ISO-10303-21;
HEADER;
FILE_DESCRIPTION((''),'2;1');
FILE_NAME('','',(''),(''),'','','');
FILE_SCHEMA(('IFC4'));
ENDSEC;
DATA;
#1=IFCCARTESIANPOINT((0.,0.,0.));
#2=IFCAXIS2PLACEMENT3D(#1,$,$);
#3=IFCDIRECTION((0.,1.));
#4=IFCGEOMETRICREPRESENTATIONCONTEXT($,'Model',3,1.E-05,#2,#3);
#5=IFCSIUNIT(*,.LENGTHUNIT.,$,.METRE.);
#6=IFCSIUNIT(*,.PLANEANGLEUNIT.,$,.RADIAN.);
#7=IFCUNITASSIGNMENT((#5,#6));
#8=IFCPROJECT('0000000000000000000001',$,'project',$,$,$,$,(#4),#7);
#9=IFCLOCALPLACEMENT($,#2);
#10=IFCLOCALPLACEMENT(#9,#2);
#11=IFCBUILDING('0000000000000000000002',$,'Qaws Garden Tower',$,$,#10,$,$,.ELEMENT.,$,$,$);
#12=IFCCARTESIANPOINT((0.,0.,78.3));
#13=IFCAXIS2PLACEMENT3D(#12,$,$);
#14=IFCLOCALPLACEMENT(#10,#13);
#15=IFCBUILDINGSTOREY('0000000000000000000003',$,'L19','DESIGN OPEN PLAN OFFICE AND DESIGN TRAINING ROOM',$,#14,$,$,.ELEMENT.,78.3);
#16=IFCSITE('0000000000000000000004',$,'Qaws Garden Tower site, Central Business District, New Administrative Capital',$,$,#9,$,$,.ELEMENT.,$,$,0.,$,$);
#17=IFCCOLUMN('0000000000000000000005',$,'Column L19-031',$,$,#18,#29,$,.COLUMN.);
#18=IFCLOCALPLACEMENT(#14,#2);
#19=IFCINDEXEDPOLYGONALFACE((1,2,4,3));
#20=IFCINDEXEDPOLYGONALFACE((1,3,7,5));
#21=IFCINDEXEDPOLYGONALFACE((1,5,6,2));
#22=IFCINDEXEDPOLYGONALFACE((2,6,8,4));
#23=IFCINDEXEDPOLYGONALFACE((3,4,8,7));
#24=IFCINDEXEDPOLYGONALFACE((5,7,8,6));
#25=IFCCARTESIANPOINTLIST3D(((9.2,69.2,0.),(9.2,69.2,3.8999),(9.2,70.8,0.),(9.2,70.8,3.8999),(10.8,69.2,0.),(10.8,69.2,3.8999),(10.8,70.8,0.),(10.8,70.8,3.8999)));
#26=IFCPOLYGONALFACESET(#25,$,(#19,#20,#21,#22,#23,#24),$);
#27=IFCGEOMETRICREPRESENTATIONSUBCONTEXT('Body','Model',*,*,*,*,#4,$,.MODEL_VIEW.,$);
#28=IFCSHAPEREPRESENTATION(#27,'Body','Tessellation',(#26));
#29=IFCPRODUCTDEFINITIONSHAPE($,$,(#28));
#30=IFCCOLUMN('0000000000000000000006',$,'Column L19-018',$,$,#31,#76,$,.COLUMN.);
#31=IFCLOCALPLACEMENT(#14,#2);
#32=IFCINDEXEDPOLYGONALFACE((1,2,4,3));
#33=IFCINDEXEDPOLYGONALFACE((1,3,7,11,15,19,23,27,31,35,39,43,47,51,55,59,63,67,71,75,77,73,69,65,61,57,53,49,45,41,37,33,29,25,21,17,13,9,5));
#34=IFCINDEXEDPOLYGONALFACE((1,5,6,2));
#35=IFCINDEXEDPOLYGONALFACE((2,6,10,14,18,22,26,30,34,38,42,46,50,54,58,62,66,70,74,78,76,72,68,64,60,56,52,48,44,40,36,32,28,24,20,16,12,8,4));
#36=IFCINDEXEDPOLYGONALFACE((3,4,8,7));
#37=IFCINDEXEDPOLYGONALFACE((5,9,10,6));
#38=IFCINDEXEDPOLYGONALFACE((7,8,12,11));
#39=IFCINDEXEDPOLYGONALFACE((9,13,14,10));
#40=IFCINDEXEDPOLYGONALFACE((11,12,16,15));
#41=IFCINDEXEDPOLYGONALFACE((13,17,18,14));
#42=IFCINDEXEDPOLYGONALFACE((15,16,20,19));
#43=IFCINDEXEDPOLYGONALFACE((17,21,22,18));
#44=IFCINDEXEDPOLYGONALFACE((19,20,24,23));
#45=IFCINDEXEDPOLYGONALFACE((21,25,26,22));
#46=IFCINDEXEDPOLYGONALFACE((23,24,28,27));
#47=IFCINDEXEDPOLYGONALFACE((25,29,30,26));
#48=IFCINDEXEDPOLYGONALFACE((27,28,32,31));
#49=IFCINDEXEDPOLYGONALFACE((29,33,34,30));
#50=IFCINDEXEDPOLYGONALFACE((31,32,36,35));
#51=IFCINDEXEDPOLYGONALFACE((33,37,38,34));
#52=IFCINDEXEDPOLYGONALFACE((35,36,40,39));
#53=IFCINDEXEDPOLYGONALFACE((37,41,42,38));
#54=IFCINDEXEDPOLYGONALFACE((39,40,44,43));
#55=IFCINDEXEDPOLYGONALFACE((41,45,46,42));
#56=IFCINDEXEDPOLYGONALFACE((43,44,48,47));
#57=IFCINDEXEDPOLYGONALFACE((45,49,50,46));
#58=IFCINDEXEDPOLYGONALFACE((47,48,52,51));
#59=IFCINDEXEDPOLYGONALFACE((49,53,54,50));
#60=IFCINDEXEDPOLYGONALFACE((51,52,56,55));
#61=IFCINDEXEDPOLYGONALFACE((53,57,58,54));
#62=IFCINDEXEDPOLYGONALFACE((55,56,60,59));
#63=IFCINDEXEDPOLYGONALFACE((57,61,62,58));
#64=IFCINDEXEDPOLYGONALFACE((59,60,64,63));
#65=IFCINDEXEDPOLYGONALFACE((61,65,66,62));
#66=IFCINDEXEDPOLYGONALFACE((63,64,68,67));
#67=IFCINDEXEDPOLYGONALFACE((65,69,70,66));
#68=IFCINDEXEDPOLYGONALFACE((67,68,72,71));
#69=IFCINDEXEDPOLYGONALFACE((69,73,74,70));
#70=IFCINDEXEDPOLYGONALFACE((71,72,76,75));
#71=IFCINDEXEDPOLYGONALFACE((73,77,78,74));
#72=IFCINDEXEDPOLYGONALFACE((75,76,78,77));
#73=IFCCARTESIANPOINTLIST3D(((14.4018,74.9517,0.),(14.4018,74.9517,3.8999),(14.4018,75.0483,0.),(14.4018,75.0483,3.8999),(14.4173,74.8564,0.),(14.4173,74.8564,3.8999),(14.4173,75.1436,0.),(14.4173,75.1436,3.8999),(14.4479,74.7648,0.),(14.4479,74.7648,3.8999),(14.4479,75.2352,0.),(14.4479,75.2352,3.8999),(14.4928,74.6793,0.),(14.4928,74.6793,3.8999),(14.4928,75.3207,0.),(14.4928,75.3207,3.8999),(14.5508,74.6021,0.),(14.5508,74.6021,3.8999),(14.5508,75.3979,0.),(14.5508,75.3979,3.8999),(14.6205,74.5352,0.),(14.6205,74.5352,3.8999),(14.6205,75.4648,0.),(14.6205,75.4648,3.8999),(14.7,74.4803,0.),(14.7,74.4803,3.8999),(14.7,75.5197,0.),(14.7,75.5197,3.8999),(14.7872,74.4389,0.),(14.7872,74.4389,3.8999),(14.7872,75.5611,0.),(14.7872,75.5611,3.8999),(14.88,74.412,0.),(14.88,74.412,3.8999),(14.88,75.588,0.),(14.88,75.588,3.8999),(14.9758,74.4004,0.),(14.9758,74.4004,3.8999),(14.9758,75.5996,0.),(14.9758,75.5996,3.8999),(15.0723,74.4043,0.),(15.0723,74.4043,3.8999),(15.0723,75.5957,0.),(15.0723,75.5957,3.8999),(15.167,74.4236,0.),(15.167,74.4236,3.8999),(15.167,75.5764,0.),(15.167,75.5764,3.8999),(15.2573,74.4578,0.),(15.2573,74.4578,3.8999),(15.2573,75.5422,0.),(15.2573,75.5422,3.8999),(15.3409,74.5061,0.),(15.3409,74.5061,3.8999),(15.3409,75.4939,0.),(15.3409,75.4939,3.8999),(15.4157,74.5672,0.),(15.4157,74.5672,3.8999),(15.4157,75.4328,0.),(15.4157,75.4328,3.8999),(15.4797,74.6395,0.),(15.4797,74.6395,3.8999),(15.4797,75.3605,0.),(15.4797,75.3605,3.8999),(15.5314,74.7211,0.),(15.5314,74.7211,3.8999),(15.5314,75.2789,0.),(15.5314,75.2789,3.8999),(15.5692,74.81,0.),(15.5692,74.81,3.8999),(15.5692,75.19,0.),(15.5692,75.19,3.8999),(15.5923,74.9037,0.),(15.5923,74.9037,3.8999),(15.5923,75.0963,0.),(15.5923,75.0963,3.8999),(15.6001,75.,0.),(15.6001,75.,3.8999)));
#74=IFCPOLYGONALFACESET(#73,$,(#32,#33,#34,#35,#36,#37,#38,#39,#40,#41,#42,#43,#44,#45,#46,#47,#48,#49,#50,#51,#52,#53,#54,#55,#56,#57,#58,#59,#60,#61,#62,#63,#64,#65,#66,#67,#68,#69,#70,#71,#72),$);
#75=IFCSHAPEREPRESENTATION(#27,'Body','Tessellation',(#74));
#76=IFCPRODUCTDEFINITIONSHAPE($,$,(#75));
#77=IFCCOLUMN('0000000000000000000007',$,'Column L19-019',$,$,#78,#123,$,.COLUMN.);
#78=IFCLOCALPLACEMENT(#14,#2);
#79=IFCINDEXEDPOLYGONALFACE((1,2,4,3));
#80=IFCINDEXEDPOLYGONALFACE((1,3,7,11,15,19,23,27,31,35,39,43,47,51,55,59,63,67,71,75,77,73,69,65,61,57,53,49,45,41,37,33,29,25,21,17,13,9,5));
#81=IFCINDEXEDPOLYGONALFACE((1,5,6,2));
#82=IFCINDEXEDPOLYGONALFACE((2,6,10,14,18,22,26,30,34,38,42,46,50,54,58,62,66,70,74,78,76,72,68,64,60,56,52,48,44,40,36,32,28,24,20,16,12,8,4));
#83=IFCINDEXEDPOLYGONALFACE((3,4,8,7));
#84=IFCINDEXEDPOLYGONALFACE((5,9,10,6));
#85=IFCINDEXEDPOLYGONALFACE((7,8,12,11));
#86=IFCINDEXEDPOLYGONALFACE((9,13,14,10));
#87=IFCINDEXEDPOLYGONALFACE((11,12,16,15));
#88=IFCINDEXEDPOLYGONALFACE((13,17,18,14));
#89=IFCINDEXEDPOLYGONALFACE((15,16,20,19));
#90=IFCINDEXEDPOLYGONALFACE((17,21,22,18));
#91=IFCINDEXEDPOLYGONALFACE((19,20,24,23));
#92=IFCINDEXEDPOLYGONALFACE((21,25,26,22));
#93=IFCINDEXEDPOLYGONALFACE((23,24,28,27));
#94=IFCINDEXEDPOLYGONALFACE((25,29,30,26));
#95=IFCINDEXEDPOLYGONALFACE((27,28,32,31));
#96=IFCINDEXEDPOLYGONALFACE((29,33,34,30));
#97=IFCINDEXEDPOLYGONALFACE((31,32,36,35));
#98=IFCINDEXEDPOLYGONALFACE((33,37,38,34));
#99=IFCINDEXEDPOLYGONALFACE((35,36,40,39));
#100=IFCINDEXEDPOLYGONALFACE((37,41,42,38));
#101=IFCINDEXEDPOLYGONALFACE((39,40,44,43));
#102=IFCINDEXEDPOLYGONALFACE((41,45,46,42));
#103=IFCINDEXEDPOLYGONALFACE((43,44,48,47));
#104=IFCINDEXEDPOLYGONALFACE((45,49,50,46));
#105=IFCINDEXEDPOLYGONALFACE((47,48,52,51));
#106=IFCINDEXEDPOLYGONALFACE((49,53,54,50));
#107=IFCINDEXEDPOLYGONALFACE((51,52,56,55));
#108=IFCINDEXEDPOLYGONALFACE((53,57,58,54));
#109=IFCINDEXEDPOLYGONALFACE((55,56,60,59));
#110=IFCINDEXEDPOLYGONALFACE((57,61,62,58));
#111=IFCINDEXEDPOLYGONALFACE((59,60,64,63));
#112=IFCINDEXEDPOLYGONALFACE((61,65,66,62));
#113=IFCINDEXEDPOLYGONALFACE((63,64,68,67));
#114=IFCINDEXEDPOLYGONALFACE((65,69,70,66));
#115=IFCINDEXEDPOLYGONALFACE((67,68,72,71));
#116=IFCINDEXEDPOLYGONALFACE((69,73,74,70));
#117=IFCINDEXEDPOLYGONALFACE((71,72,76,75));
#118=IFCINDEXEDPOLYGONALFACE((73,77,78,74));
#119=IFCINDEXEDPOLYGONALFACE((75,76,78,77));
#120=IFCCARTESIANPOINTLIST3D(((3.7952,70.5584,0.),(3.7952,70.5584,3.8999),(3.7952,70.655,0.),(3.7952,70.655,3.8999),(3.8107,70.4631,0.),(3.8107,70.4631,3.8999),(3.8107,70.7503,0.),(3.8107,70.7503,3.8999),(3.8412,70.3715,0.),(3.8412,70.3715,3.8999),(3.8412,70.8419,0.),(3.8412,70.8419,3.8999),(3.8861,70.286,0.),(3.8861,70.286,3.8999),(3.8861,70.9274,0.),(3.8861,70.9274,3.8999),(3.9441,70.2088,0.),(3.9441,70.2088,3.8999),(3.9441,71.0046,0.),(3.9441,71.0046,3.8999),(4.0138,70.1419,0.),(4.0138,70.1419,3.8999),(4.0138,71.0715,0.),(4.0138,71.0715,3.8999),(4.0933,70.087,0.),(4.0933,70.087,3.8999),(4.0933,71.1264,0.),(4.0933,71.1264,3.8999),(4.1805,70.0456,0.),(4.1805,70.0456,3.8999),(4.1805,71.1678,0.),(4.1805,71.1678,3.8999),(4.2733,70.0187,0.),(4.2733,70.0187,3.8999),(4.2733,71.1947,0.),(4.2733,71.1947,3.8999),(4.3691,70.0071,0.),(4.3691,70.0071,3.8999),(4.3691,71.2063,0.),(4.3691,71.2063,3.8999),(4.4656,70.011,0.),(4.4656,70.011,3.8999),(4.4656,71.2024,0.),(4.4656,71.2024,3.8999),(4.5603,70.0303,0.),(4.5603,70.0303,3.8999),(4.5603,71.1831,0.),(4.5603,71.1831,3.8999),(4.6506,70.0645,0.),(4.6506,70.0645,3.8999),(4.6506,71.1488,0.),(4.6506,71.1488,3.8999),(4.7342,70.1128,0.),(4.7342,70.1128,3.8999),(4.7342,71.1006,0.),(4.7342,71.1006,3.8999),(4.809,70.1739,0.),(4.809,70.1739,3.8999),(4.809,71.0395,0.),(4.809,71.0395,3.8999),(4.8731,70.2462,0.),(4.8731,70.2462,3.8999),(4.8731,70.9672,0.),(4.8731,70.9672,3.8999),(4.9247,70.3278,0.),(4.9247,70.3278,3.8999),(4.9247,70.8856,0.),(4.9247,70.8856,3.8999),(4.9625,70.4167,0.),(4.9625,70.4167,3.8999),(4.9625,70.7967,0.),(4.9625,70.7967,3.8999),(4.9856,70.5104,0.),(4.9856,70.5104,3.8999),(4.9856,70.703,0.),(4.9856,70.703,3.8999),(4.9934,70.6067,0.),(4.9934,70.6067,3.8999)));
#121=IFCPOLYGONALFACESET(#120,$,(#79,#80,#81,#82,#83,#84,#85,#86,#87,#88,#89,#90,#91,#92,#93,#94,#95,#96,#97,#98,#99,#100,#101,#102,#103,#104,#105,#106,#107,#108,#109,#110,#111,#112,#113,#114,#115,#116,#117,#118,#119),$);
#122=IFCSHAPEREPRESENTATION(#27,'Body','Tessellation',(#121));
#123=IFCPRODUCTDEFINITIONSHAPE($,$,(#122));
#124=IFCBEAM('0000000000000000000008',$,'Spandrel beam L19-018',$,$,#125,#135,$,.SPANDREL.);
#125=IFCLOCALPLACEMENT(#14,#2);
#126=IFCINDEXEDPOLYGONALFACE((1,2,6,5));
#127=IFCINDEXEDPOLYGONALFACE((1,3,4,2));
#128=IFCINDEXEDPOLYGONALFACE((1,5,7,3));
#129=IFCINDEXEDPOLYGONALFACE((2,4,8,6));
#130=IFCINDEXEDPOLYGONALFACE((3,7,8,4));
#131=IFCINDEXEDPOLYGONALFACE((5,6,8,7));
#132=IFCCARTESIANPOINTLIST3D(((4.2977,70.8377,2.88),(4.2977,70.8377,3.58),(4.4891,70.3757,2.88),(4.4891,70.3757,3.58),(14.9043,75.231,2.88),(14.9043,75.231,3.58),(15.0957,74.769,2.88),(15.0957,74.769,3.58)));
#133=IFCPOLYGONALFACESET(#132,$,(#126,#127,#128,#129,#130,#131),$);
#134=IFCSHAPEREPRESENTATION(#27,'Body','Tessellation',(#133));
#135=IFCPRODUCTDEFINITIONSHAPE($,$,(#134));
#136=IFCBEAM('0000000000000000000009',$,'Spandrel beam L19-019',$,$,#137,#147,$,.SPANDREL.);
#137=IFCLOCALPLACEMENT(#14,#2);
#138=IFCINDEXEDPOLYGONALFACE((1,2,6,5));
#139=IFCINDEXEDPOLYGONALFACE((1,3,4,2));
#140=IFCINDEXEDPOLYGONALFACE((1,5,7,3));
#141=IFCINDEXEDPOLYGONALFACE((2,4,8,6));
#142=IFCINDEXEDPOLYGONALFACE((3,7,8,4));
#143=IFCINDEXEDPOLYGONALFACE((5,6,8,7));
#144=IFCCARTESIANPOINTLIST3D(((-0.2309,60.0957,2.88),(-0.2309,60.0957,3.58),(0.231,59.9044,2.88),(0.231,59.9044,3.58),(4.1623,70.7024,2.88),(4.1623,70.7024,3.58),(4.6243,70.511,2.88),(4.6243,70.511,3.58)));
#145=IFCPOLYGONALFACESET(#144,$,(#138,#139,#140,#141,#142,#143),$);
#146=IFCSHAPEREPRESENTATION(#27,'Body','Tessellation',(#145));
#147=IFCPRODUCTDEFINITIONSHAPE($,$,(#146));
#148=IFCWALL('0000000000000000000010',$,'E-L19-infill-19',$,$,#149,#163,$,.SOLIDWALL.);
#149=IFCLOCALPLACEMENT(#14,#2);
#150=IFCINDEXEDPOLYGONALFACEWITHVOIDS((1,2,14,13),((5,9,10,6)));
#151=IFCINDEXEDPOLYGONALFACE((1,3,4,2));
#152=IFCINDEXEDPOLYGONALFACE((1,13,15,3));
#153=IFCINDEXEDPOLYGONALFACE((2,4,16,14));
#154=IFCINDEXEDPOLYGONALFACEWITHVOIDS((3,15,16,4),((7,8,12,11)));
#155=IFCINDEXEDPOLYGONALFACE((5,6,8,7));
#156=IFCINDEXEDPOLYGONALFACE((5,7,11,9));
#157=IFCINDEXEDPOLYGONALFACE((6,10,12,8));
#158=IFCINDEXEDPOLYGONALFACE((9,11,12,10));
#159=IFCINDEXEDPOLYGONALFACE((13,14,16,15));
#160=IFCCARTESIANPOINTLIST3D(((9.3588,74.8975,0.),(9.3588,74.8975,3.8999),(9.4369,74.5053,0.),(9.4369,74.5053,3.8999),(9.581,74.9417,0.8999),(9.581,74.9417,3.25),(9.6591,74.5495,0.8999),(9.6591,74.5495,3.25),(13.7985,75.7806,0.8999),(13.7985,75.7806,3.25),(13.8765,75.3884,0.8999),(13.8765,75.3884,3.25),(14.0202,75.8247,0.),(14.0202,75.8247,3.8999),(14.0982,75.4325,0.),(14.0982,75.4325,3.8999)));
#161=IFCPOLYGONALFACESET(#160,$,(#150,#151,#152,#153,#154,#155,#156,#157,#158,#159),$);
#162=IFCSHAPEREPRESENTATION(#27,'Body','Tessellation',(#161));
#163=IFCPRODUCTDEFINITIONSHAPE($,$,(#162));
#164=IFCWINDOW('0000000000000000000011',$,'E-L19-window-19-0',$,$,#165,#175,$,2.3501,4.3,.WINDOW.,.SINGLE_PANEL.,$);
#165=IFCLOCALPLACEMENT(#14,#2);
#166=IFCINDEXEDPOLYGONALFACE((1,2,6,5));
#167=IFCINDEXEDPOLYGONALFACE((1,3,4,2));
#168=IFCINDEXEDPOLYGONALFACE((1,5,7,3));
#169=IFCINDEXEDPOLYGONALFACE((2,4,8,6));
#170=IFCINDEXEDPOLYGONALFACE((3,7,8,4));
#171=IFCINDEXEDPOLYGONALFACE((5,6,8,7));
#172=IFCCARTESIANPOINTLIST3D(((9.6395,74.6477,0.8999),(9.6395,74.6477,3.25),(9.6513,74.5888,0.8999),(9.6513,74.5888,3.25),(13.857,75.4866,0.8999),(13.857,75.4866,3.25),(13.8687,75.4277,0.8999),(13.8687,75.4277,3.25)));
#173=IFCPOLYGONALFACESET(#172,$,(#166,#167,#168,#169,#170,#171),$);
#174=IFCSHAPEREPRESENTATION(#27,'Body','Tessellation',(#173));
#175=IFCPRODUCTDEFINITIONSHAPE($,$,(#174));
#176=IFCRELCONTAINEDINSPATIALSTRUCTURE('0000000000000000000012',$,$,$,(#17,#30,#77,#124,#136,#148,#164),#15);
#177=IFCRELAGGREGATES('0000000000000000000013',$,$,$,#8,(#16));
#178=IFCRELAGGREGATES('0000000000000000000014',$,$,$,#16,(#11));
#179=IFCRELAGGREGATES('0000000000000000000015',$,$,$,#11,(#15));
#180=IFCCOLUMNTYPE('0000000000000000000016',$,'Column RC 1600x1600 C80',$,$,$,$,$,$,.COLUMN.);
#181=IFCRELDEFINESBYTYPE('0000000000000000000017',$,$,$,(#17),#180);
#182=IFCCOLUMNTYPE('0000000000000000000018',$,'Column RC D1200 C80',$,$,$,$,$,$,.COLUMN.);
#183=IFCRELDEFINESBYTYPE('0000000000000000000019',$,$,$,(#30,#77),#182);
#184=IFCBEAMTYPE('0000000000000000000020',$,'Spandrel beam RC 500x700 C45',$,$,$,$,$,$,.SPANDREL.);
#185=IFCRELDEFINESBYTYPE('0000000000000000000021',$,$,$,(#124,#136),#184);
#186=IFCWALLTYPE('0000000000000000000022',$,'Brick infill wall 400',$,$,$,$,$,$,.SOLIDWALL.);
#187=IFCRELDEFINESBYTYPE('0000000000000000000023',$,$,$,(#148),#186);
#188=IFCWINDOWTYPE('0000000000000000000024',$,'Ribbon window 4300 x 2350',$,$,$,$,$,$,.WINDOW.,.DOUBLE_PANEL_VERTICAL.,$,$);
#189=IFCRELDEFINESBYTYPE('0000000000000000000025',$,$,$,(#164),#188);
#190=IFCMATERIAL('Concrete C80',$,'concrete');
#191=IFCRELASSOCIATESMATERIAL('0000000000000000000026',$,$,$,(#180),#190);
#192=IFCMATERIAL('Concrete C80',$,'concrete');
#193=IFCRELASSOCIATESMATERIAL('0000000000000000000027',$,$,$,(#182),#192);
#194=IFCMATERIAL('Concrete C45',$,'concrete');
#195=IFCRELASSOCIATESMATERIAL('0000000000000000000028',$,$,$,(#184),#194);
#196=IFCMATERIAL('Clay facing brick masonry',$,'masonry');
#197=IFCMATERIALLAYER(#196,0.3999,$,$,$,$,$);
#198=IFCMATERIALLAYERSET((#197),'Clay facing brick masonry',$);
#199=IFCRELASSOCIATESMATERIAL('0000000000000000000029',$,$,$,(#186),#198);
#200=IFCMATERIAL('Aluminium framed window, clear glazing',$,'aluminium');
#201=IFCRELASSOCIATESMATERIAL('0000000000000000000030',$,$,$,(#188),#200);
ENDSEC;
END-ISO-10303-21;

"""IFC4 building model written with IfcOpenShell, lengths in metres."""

from ifc_helpers import new_model, si_unit, direction, frame, frame_2d, origin, origin_2d, place, context, subcontext, project, spatial, rectangle, circle, extrude, material, layer, layer_set, material_profile, profile_set, type_object, element, fill, save


model = new_model("IFC4")

# Units and contexts
model_context = context("Model", 3, precision=1e-05, world=origin(), true_north=direction((0.0, 1.0)))
body_context = subcontext(model_context, "Body", "Model", "MODEL_VIEW")
ifc_project = project(units=[si_unit("LENGTHUNIT", "METRE"), si_unit("PLANEANGLEUNIT", "RADIAN")], contexts=[model_context])

# Site, building, storey
site_placement = place(None, origin())
site = spatial("IfcSite", under=ifc_project, at=site_placement, Name="Qaws Garden Tower site, Central Business District, New Administrative Capital", CompositionType="ELEMENT", RefElevation=0.0)
building_placement = place(site_placement, origin())
building = spatial("IfcBuilding", under=site, at=building_placement, Name="Qaws Garden Tower", CompositionType="ELEMENT")
storey_placement = place(building_placement, frame((0.0, 0.0, 78.3)))
storey = spatial("IfcBuildingStorey", under=building, at=storey_placement, Name="L19", Description="DESIGN OPEN PLAN OFFICE AND DESIGN TRAINING ROOM", CompositionType="ELEMENT", Elevation=78.3)

# Columns
ifc_material_1 = material(Name="Concrete C80", Category="concrete")
ifc_material_profile_1 = material_profile(ifc_material_1, rectangle(XDim=1.6001, YDim=1.6001, at=origin_2d()), Name="RC 1600x1600")
ifc_profile_set_1 = profile_set([ifc_material_profile_1], Name="Concrete C80")
column_type_1 = type_object("IfcColumnType", Name="Column RC 1600x1600 C80", PredefinedType="COLUMN", material=ifc_profile_set_1)
column_placement = place(storey_placement, frame((10.0, 70.0, 0.0), z_axis=(0.0, 0.0, 1.0), x_axis=(1.0, 0.0, 0.0)))
element("IfcColumn", 1, at=column_placement, inside=storey, type_object=column_type_1, Name="Column L19-031", PredefinedType="COLUMN", context=body_context, shape_type="SweptSolid", body=[
    extrude(rectangle(XDim=1.6001, YDim=1.6001, at=origin_2d()), origin(), (0.0, 0.0, 1.0), 3.8999),
])
ifc_material_2 = material(Name="Concrete C80", Category="concrete")
ifc_material_profile_2 = material_profile(ifc_material_2, circle(Radius=0.6001, at=origin_2d()), Name="RC D1200")
ifc_profile_set_2 = profile_set([ifc_material_profile_2], Name="Concrete C80")
column_type_2 = type_object("IfcColumnType", Name="Column RC D1200 C80", PredefinedType="COLUMN", material=ifc_profile_set_2)
for number, where, z_axis, x_axis, name in (
    (2, (15.0, 75.0, 0.0), (0.0, 0.0, 1.0), (1.0, 0.0, 0.0), "Column L19-018"),
    (3, (4.3933, 70.6067, 0.0), (0.0, 0.0, 1.0), (1.0, 0.0, 0.0), "Column L19-019"),
):
    element("IfcColumn", number, at=place(storey_placement, frame(where, z_axis=z_axis, x_axis=x_axis)), inside=storey, type_object=column_type_2, Name=name, PredefinedType="COLUMN", context=body_context, shape_type="SweptSolid", body=[
        extrude(circle(Radius=0.6001, at=origin_2d()), origin(), (0.0, 0.0, 1.0), 3.8999),
    ])

# Beams
ifc_material_3 = material(Name="Concrete C45", Category="concrete")
ifc_material_profile_3 = material_profile(ifc_material_3, rectangle(XDim=0.5, YDim=0.7, at=origin_2d()), Name="RC 500x700")
ifc_profile_set_3 = profile_set([ifc_material_profile_3], Name="Concrete C45")
beam_type = type_object("IfcBeamType", Name="Spandrel beam RC 500x700 C45", PredefinedType="SPANDREL", material=ifc_profile_set_3)
for number, where, z_axis, x_axis, name in (
    (4, (15.0, 75.0, 3.23), (-0.923883, -0.382674, 0.0), (0.382674, -0.923883, 0.0), "Spandrel beam L19-018"),
    (5, (4.3933, 70.6067, 3.23), (-0.382674, -0.923883, 0.0), (0.923883, -0.382674, 0.0), "Spandrel beam L19-019"),
):
    element("IfcBeam", number, at=place(storey_placement, frame(where, z_axis=z_axis, x_axis=x_axis)), inside=storey, type_object=beam_type, Name=name, PredefinedType="SPANDREL", context=body_context, shape_type="SweptSolid", body=[
        extrude(rectangle(XDim=0.5, YDim=0.7, at=origin_2d()), origin(), (0.0, 0.0, 1.0), 11.4805),
    ])

# Wall, opening, window
ifc_material_4 = material(Name="Clay facing brick masonry", Category="masonry")
ifc_layer_1 = layer(ifc_material_4, 0.3999)
ifc_layer_set_1 = layer_set([ifc_layer_1], Name="Clay facing brick masonry")
wall_type_1 = type_object("IfcWallType", Name="Brick infill wall 400", PredefinedType="SOLIDWALL", material=ifc_layer_set_1)
wall_1_placement = place(storey_placement, frame((14.0593, 75.6287, 0.0), z_axis=(0.0, 0.0, 1.0), x_axis=(-0.980784, -0.195099, 0.0)))
wall_1 = element("IfcWall", 6, at=wall_1_placement, inside=storey, type_object=wall_type_1, Name="E-L19-infill-19", PredefinedType="SOLIDWALL", context=body_context, shape_type="SweptSolid", body=[
    extrude(rectangle(XDim=4.7527, YDim=0.3999, at=frame_2d((2.3765, 0.0))), origin(), (0.0, 0.0, 1.0), 3.8999),
])
opening_1_placement = place(wall_1_placement, frame((0.2263, 0.0, 0.8999)))
opening_1 = element("IfcOpeningElement", 7, at=opening_1_placement, cuts=wall_1, PredefinedType="OPENING", context=body_context, shape_type="SweptSolid", body=[
    extrude(rectangle(XDim=4.3, YDim=2.3501, at=frame_2d((2.1499, 1.175))), frame((0.0, 0.21, 0.0), z_axis=(0.0, -1.0, 0.0), x_axis=(1.0, 0.0, 0.0)), (0.0, 0.0, 1.0), 0.4199),
])
ifc_material_5 = material(Name="Aluminium framed window, clear glazing", Category="aluminium")
window_type = type_object("IfcWindowType", Name="Ribbon window 4300 x 2350", PartitioningType="DOUBLE_PANEL_VERTICAL", PredefinedType="WINDOW", material=ifc_material_5)
window_1_placement = place(opening_1_placement, origin())
window_1 = element("IfcWindow", 8, at=window_1_placement, inside=storey, type_object=window_type, Name="E-L19-window-19-0", OverallHeight=2.3501, OverallWidth=4.3, PartitioningType="SINGLE_PANEL", PredefinedType="WINDOW", context=body_context, shape_type="SweptSolid", body=[
    extrude(rectangle(XDim=4.3, YDim=2.3501, at=frame_2d((2.1499, 1.175))), frame((0.0, 0.1599, 0.0), z_axis=(0.0, -1.0, 0.0), x_axis=(1.0, 0.0, 0.0)), (0.0, 0.0, 1.0), 0.0601),
])
fill(opening_1, window_1)

save(model, "model.ifc")
